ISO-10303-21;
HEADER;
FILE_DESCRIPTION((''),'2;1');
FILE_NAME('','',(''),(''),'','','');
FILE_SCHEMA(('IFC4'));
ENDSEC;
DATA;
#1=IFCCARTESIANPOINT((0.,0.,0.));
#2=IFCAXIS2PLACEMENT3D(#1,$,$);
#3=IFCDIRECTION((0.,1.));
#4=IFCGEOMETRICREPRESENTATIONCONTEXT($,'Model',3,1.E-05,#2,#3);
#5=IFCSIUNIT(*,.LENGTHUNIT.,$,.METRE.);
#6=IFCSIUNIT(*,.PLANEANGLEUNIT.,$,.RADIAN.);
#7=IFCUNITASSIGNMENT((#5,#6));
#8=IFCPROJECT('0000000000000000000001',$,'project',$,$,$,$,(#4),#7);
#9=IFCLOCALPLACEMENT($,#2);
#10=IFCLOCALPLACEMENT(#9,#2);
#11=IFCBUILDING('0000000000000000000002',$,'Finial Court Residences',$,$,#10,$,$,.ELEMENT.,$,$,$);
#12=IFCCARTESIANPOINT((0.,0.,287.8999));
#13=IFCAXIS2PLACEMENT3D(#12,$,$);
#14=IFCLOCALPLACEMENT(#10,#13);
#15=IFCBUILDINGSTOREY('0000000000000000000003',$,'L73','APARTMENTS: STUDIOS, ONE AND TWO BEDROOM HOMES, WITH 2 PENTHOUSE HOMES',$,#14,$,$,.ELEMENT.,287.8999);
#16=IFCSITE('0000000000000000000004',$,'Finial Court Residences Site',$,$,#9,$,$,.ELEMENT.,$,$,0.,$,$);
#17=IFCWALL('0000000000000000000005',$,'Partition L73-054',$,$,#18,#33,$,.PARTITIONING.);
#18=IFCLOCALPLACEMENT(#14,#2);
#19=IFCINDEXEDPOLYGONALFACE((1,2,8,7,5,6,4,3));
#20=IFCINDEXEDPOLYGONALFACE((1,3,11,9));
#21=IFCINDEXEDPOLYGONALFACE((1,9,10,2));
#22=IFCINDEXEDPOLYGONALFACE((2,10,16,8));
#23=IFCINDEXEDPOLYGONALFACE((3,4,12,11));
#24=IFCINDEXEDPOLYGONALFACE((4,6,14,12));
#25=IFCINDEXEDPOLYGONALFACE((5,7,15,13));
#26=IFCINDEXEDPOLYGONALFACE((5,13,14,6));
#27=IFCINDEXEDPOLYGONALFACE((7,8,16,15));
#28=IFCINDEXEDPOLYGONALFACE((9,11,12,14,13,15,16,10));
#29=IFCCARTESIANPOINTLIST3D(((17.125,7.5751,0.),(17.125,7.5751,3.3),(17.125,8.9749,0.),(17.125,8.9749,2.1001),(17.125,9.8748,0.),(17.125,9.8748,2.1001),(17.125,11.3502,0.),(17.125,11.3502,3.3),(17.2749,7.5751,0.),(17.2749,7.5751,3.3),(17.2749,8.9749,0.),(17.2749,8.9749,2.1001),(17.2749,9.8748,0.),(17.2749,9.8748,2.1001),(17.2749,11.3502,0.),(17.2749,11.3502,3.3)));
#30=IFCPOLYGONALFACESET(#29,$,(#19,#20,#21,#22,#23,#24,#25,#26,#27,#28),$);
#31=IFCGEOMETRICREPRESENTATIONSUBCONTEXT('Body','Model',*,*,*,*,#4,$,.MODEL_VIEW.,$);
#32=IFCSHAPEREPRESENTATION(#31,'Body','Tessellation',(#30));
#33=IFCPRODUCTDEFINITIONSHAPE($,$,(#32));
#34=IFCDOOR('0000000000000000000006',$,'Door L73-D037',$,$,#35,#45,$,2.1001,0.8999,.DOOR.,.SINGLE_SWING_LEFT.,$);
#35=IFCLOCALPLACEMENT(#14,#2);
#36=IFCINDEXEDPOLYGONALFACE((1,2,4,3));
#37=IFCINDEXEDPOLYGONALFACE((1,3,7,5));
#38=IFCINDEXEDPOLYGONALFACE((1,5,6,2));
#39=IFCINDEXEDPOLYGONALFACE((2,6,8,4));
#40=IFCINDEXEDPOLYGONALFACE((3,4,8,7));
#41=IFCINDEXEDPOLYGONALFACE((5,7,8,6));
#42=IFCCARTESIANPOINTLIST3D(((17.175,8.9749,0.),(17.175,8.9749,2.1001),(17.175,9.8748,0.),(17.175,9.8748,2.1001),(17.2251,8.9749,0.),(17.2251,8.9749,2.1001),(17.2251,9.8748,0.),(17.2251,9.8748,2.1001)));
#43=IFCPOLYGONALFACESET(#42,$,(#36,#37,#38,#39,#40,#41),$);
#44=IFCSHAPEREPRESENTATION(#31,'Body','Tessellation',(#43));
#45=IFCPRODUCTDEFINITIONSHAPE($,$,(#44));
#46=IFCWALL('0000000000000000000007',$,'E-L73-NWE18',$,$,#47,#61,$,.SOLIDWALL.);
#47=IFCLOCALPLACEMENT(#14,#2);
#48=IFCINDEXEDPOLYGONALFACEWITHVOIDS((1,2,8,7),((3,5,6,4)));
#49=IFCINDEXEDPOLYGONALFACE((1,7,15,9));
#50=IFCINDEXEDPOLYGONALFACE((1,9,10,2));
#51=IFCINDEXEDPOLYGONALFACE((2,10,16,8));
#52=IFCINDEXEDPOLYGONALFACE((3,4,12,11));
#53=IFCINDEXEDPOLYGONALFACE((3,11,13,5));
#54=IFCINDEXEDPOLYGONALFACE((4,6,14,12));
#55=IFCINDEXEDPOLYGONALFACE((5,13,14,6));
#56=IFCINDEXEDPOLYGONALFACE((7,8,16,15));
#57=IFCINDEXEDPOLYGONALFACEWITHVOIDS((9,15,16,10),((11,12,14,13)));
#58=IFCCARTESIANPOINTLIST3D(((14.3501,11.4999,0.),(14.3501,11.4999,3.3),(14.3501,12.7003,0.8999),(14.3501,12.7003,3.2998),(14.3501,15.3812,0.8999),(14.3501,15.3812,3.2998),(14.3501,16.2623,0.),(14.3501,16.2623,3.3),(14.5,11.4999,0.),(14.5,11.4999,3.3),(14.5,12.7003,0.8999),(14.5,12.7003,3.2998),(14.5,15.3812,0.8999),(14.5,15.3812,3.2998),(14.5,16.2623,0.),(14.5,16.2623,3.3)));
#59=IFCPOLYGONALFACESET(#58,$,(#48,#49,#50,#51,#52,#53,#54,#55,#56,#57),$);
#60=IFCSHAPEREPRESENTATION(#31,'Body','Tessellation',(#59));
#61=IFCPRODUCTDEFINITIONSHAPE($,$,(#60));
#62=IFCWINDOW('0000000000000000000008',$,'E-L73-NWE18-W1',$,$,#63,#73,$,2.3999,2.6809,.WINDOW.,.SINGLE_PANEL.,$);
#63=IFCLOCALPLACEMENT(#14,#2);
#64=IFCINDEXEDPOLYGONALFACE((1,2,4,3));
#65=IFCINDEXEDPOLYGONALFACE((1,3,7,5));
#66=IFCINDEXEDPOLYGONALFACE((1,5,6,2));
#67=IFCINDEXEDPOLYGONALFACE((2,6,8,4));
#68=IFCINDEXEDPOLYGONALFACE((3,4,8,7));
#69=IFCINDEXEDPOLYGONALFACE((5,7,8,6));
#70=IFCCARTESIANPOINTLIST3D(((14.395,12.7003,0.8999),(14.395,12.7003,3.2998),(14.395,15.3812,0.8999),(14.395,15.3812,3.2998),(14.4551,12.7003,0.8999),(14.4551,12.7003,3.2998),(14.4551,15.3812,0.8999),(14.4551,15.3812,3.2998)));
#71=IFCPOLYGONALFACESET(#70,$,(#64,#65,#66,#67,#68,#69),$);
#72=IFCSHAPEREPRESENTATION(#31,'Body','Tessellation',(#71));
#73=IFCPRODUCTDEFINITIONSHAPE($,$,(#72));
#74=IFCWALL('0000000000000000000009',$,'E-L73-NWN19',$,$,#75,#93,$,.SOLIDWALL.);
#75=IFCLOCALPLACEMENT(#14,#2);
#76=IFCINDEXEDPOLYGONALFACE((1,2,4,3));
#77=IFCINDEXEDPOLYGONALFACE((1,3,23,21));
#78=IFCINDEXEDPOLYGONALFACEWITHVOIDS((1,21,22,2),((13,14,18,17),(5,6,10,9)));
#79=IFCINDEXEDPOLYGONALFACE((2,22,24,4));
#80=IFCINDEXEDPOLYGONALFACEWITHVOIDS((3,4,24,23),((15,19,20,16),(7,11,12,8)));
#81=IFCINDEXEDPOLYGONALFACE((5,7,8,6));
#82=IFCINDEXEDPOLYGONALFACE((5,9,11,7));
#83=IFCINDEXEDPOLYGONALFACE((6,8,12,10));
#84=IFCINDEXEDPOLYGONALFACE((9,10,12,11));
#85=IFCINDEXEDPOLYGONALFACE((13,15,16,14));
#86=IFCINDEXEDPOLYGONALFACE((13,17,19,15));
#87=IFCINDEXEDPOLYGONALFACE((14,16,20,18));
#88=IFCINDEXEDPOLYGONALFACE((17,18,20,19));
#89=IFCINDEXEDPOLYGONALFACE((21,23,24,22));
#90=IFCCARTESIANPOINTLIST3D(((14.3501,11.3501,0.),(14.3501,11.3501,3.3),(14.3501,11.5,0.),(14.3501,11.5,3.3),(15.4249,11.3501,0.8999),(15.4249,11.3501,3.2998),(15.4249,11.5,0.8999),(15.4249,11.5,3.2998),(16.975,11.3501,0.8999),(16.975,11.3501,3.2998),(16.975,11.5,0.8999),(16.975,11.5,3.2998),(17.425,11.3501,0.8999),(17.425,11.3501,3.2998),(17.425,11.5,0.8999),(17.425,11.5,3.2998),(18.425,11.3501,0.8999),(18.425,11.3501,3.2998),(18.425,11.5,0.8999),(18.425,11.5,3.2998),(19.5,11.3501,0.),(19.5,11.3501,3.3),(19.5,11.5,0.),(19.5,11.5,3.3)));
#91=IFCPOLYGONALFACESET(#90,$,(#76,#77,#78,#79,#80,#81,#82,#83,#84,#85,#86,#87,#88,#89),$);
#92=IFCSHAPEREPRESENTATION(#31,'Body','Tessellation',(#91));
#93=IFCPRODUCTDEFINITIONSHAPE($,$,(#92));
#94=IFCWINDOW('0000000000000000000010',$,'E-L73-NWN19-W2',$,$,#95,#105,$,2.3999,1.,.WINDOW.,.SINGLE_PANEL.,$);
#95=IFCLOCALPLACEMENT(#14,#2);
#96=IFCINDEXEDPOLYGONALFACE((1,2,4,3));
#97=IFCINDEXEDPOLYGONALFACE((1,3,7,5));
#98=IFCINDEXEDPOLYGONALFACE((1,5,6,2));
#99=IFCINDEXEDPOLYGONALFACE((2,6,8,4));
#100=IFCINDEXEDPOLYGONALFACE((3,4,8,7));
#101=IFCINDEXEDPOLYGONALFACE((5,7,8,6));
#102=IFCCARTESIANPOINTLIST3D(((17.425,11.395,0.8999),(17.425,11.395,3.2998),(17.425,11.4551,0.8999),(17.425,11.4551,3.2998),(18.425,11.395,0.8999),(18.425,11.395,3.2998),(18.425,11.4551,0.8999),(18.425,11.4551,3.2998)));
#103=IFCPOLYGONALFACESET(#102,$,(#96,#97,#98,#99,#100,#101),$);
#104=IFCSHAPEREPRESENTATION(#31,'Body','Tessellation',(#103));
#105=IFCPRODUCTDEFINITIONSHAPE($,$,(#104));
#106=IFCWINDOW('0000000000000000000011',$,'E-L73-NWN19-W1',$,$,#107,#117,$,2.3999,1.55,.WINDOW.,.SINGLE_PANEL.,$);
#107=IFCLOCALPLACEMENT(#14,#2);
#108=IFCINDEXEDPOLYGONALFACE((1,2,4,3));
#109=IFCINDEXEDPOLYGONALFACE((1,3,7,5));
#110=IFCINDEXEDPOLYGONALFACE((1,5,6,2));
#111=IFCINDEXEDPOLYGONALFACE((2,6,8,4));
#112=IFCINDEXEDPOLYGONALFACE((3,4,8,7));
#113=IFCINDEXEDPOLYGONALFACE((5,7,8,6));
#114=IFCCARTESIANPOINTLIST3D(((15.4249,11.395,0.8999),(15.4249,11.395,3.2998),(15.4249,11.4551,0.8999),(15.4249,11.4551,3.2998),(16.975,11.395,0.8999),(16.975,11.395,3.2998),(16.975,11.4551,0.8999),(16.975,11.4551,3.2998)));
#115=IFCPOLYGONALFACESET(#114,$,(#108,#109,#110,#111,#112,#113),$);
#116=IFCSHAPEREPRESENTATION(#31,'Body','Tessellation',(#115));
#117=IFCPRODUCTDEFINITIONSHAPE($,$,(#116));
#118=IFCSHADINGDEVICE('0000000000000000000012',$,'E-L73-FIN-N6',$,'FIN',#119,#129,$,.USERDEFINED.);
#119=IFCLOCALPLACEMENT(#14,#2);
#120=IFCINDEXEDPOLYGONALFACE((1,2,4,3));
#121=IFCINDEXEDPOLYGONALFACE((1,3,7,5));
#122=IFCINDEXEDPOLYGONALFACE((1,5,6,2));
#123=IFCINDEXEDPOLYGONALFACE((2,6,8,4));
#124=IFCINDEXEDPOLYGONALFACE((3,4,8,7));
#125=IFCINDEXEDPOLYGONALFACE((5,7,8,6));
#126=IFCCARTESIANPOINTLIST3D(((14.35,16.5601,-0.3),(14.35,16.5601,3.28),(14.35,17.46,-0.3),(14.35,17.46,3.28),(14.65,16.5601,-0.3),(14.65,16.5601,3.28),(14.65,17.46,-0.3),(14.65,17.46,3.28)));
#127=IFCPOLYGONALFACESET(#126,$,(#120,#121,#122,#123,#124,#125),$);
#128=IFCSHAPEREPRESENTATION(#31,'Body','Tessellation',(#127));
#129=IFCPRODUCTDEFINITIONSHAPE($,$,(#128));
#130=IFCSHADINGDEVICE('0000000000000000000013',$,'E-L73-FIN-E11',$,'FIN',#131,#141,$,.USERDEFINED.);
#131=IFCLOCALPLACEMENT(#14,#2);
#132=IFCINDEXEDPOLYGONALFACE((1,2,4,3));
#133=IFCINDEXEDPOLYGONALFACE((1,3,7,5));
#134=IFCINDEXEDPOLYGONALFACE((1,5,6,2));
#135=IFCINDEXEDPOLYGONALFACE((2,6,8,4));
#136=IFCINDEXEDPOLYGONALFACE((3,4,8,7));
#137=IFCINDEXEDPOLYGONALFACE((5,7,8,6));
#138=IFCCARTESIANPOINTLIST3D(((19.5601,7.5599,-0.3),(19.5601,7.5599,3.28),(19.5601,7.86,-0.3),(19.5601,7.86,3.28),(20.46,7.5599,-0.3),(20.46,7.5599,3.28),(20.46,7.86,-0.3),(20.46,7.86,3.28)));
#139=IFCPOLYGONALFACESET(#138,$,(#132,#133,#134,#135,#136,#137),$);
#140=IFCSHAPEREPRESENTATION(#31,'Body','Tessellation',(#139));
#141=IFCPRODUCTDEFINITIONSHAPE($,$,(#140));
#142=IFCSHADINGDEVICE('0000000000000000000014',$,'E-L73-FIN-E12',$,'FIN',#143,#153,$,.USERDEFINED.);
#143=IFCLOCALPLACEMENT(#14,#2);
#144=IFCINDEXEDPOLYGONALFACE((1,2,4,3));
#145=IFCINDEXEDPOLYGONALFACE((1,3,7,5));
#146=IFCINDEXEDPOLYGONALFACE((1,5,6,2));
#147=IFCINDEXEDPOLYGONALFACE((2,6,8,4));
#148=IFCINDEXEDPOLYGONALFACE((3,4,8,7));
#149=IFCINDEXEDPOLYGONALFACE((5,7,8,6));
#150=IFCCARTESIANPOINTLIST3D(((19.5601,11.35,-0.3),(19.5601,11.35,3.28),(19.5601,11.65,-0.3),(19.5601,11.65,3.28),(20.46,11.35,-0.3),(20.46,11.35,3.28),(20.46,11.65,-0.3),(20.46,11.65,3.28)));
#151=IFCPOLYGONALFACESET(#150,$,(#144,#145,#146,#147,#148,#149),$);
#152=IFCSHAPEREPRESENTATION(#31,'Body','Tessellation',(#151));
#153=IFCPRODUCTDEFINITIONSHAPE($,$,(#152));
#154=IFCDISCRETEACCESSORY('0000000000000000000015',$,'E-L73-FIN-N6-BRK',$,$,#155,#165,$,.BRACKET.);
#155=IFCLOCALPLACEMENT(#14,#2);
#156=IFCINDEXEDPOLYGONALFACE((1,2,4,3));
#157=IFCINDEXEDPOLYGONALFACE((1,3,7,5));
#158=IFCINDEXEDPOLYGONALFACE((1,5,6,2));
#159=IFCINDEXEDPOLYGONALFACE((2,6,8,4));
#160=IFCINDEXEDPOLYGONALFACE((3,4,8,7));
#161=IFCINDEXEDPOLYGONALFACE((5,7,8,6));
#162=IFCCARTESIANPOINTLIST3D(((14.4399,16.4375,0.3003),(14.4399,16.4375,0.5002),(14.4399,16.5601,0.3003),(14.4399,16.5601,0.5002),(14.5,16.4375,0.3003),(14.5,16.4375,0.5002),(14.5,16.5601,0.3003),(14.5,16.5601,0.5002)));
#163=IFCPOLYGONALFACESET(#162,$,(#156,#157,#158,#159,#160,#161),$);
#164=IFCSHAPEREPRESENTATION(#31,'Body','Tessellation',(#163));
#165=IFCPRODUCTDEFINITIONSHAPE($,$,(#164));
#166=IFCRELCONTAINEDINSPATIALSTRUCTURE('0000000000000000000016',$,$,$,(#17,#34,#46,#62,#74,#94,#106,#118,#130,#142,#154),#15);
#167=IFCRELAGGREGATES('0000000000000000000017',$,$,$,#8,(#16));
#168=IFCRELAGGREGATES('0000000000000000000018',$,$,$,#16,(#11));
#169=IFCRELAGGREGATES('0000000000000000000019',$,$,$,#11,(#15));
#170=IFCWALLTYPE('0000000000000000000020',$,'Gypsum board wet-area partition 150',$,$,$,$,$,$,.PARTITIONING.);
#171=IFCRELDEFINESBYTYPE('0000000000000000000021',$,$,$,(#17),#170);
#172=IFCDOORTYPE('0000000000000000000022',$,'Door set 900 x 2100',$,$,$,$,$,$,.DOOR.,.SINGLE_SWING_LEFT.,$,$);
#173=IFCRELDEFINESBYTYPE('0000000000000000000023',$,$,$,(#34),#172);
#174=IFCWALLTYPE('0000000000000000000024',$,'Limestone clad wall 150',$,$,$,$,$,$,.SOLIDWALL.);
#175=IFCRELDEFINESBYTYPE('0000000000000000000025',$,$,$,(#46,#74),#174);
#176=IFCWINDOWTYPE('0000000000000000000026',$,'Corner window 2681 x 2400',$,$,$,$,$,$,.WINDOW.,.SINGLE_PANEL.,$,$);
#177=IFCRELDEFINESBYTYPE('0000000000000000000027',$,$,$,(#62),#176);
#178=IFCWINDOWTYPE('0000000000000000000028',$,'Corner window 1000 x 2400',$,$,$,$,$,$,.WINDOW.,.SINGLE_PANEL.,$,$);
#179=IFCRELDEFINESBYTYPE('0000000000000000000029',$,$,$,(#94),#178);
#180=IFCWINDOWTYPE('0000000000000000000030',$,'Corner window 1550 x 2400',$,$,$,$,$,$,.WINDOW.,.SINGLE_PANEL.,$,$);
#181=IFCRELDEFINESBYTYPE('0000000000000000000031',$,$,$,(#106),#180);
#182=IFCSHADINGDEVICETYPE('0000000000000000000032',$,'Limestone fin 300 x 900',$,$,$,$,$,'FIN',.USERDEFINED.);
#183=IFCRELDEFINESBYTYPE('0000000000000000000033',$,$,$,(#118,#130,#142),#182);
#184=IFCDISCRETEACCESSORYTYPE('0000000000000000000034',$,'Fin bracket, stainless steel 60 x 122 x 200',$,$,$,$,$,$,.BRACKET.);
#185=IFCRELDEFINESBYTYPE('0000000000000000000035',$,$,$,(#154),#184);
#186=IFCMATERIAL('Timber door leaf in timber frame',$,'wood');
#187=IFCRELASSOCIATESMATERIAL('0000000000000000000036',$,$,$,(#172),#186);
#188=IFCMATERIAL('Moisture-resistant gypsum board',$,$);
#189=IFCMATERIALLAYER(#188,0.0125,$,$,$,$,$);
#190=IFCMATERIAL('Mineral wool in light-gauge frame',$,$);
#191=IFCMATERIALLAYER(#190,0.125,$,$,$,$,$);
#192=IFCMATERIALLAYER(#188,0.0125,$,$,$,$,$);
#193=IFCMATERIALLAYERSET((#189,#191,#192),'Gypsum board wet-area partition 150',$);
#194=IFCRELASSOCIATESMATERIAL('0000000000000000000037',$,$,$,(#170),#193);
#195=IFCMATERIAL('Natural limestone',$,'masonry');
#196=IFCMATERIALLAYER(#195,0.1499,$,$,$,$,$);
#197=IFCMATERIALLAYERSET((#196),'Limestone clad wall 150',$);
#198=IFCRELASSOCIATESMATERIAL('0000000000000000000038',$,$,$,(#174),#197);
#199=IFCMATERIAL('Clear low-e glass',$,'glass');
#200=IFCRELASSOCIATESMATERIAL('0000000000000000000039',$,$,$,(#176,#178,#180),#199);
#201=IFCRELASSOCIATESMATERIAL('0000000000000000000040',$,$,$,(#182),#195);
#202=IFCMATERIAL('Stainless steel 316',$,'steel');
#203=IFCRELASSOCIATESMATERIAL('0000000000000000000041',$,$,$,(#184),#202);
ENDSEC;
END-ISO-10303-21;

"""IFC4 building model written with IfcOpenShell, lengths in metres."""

from ifc_helpers import new_model, si_unit, direction, frame, frame_2d, origin, origin_2d, place, context, subcontext, project, spatial, rectangle, extrude, material, layer, layer_set, type_object, element, fill, save


model = new_model("IFC4")

# Units and contexts
model_context = context("Model", 3, precision=1e-05, world=origin(), true_north=direction((0.0, 1.0)))
body_context = subcontext(model_context, "Body", "Model", "MODEL_VIEW")
ifc_project = project(units=[si_unit("LENGTHUNIT", "METRE"), si_unit("PLANEANGLEUNIT", "RADIAN")], contexts=[model_context])

# Site, building, storey
site_placement = place(None, origin())
site = spatial("IfcSite", under=ifc_project, at=site_placement, Name="Finial Court Residences Site", CompositionType="ELEMENT", RefElevation=0.0)
building_placement = place(site_placement, origin())
building = spatial("IfcBuilding", under=site, at=building_placement, Name="Finial Court Residences", CompositionType="ELEMENT")
storey_placement = place(building_placement, frame((0.0, 0.0, 287.8999)))
storey = spatial("IfcBuildingStorey", under=building, at=storey_placement, Name="L73", Description="APARTMENTS: STUDIOS, ONE AND TWO BEDROOM HOMES, WITH 2 PENTHOUSE HOMES", CompositionType="ELEMENT", Elevation=287.8999)

# Shared definitions
ifc_material_1 = material(Name="Clear low-e glass", Category="glass")

# Shared definitions
ifc_material_2 = material(Name="Mineral wool in light-gauge frame")
ifc_material_3 = material(Name="Timber door leaf in timber frame", Category="wood")
door_type = type_object("IfcDoorType", Name="Door set 900 x 2100", OperationType="SINGLE_SWING_LEFT", PredefinedType="DOOR", material=ifc_material_3)

# Shared definitions
ifc_material_4 = material(Name="Moisture-resistant gypsum board")
ifc_layer_1 = layer(ifc_material_4, 0.0125)
ifc_layer_2 = layer(ifc_material_2, 0.125)
ifc_layer_3 = layer(ifc_material_4, 0.0125)
ifc_layer_set_1 = layer_set([ifc_layer_1, ifc_layer_2, ifc_layer_3], Name="Gypsum board wet-area partition 150")
wall_type_1 = type_object("IfcWallType", Name="Gypsum board wet-area partition 150", PredefinedType="PARTITIONING", material=ifc_layer_set_1)

# Wall, opening, door
wall_1_placement = place(storey_placement, frame((17.2, 7.575, 0.0), z_axis=(0.0, 0.0, 1.0), x_axis=(0.0, 1.0, 0.0)))
wall_1 = element("IfcWall", 1, at=wall_1_placement, inside=storey, type_object=wall_type_1, Name="Partition L73-054", PredefinedType="PARTITIONING", context=body_context, shape_type="SweptSolid", body=[
    extrude(rectangle(XDim=3.7751, YDim=0.1499, at=frame_2d((1.8877, 0.0))), origin(), (0.0, 0.0, 1.0), 3.3),
])
opening_1_placement = place(wall_1_placement, frame((1.3999, 0.0, 0.0)))
opening_1 = element("IfcOpeningElement", 2, at=opening_1_placement, cuts=wall_1, PredefinedType="OPENING", context=body_context, shape_type="SweptSolid", body=[
    extrude(rectangle(XDim=0.8999, YDim=2.1001, at=frame_2d((0.45, 1.05))), frame((0.0, 0.085, 0.0), z_axis=(0.0, -1.0, 0.0), x_axis=(1.0, 0.0, 0.0)), (0.0, 0.0, 1.0), 0.1699),
])
door_1_placement = place(opening_1_placement, origin())
door_1 = element("IfcDoor", 3, at=door_1_placement, inside=storey, type_object=door_type, Name="Door L73-D037", OperationType="SINGLE_SWING_LEFT", OverallHeight=2.1001, OverallWidth=0.8999, PredefinedType="DOOR", context=body_context, shape_type="SweptSolid", body=[
    extrude(rectangle(XDim=0.8999, YDim=2.1001, at=frame_2d((0.45, 1.05))), frame((0.0, 0.0249, 0.0), z_axis=(0.0, -1.0, 0.0), x_axis=(1.0, 0.0, 0.0)), (0.0, 0.0, 1.0), 0.05),
])
fill(opening_1, door_1)

# Wall, opening, window
ifc_material_5 = material(Name="Natural limestone", Category="masonry")
ifc_layer_4 = layer(ifc_material_5, 0.1499)
ifc_layer_set_2 = layer_set([ifc_layer_4], Name="Limestone clad wall 150")
wall_type_2 = type_object("IfcWallType", Name="Limestone clad wall 150", PredefinedType="SOLIDWALL", material=ifc_layer_set_2)
wall_2_placement = place(storey_placement, frame((14.425, 16.2625, 0.0), z_axis=(0.0, 0.0, 1.0), x_axis=(0.0, -1.0, 0.0)))
wall_2 = element("IfcWall", 4, at=wall_2_placement, inside=storey, type_object=wall_type_2, Name="E-L73-NWE18", PredefinedType="SOLIDWALL", context=body_context, shape_type="SweptSolid", body=[
    extrude(rectangle(XDim=4.7625, YDim=0.1499, at=frame_2d((2.3813, 0.0))), origin(), (0.0, 0.0, 1.0), 3.3),
])
opening_2_placement = place(wall_2_placement, frame((0.8813, 0.0, 0.8999)))
opening_2 = element("IfcOpeningElement", 5, at=opening_2_placement, cuts=wall_2, PredefinedType="OPENING", context=body_context, shape_type="SweptSolid", body=[
    extrude(rectangle(XDim=2.6809, YDim=2.3999, at=frame_2d((1.3403, 1.2))), frame((0.0, 0.085, 0.0), z_axis=(0.0, -1.0, 0.0), x_axis=(1.0, 0.0, 0.0)), (0.0, 0.0, 1.0), 0.1699),
])
window_type_1 = type_object("IfcWindowType", Name="Corner window 2681 x 2400", PartitioningType="SINGLE_PANEL", PredefinedType="WINDOW", material=ifc_material_1)
window_1_placement = place(opening_2_placement, origin())
window_1 = element("IfcWindow", 6, at=window_1_placement, inside=storey, type_object=window_type_1, Name="E-L73-NWE18-W1", OverallHeight=2.3999, OverallWidth=2.6809, PartitioningType="SINGLE_PANEL", PredefinedType="WINDOW", context=body_context, shape_type="SweptSolid", body=[
    extrude(rectangle(XDim=2.6809, YDim=2.3999, at=frame_2d((1.3403, 1.2))), frame((0.0, 0.03, 0.0), z_axis=(0.0, -1.0, 0.0), x_axis=(1.0, 0.0, 0.0)), (0.0, 0.0, 1.0), 0.0601),
])
fill(opening_2, window_1)

# Wall, openings, windows
wall_3_placement = place(storey_placement, frame((14.3501, 11.425, 0.0), z_axis=(0.0, 0.0, 1.0), x_axis=(1.0, 0.0, 0.0)))
wall_3 = element("IfcWall", 7, at=wall_3_placement, inside=storey, type_object=wall_type_2, Name="E-L73-NWN19", PredefinedType="SOLIDWALL", context=body_context, shape_type="SweptSolid", body=[
    extrude(rectangle(XDim=5.1499, YDim=0.1499, at=frame_2d((2.575, 0.0))), origin(), (0.0, 0.0, 1.0), 3.3),
])
opening_3_placement = place(wall_3_placement, frame((1.075, 0.0, 0.8999)))
opening_3 = element("IfcOpeningElement", 8, at=opening_3_placement, cuts=wall_3, PredefinedType="OPENING", context=body_context, shape_type="SweptSolid", body=[
    extrude(rectangle(XDim=1.55, YDim=2.3999, at=frame_2d((0.7749, 1.2))), frame((0.0, 0.085, 0.0), z_axis=(0.0, -1.0, 0.0), x_axis=(1.0, 0.0, 0.0)), (0.0, 0.0, 1.0), 0.1699),
])
opening_4_placement = place(wall_3_placement, frame((3.075, 0.0, 0.8999)))
opening_4 = element("IfcOpeningElement", 9, at=opening_4_placement, cuts=wall_3, PredefinedType="OPENING", context=body_context, shape_type="SweptSolid", body=[
    extrude(rectangle(XDim=1.0, YDim=2.3999, at=frame_2d((0.5, 1.2))), frame((0.0, 0.085, 0.0), z_axis=(0.0, -1.0, 0.0), x_axis=(1.0, 0.0, 0.0)), (0.0, 0.0, 1.0), 0.1699),
])
window_type_2 = type_object("IfcWindowType", Name="Corner window 1000 x 2400", PartitioningType="SINGLE_PANEL", PredefinedType="WINDOW", material=ifc_material_1)
window_2_placement = place(opening_4_placement, origin())
window_2 = element("IfcWindow", 10, at=window_2_placement, inside=storey, type_object=window_type_2, Name="E-L73-NWN19-W2", OverallHeight=2.3999, OverallWidth=1.0, PartitioningType="SINGLE_PANEL", PredefinedType="WINDOW", context=body_context, shape_type="SweptSolid", body=[
    extrude(rectangle(XDim=1.0, YDim=2.3999, at=frame_2d((0.5, 1.2))), frame((0.0, 0.03, 0.0), z_axis=(0.0, -1.0, 0.0), x_axis=(1.0, 0.0, 0.0)), (0.0, 0.0, 1.0), 0.0601),
])
fill(opening_4, window_2)
window_type_3 = type_object("IfcWindowType", Name="Corner window 1550 x 2400", PartitioningType="SINGLE_PANEL", PredefinedType="WINDOW", material=ifc_material_1)
window_3_placement = place(opening_3_placement, origin())
window_3 = element("IfcWindow", 11, at=window_3_placement, inside=storey, type_object=window_type_3, Name="E-L73-NWN19-W1", OverallHeight=2.3999, OverallWidth=1.55, PartitioningType="SINGLE_PANEL", PredefinedType="WINDOW", context=body_context, shape_type="SweptSolid", body=[
    extrude(rectangle(XDim=1.55, YDim=2.3999, at=frame_2d((0.7749, 1.2))), frame((0.0, 0.03, 0.0), z_axis=(0.0, -1.0, 0.0), x_axis=(1.0, 0.0, 0.0)), (0.0, 0.0, 1.0), 0.0601),
])
fill(opening_3, window_3)

# Shading devices
shading_device_type = type_object("IfcShadingDeviceType", Name="Limestone fin 300 x 900", ElementType="FIN", PredefinedType="USERDEFINED", material=ifc_material_5)
shading_device_placement = place(storey_placement, frame((14.5, 17.01, -0.3), z_axis=(0.0, 0.0, 1.0), x_axis=(1.0, 0.0, 0.0)))
element("IfcShadingDevice", 12, at=shading_device_placement, inside=storey, type_object=shading_device_type, Name="E-L73-FIN-N6", ObjectType="FIN", PredefinedType="USERDEFINED", context=body_context, shape_type="SweptSolid", body=[
    extrude(rectangle(XDim=0.3, YDim=0.8999, at=origin_2d()), origin(), (0.0, 0.0, 1.0), 3.5801),
])
for number, where, z_axis, x_axis, name in (
    (13, (20.01, 7.71, -0.3), (0.0, 0.0, 1.0), (1.0, 0.0, 0.0), "E-L73-FIN-E11"),
    (14, (20.01, 11.5, -0.3), (0.0, 0.0, 1.0), (1.0, 0.0, 0.0), "E-L73-FIN-E12"),
):
    element("IfcShadingDevice", number, at=place(storey_placement, frame(where, z_axis=z_axis, x_axis=x_axis)), inside=storey, type_object=shading_device_type, Name=name, ObjectType="FIN", PredefinedType="USERDEFINED", context=body_context, shape_type="SweptSolid", body=[
        extrude(rectangle(XDim=0.8999, YDim=0.3, at=origin_2d()), origin(), (0.0, 0.0, 1.0), 3.5801),
    ])

# Discrete accessory
ifc_material_6 = material(Name="Stainless steel 316", Category="steel")
discrete_accessory_type = type_object("IfcDiscreteAccessoryType", Name="Fin bracket, stainless steel 60 x 122 x 200", PredefinedType="BRACKET", material=ifc_material_6)
discrete_accessory_1_placement = place(storey_placement, frame((14.47, 16.4988, 0.3003), z_axis=(0.0, 0.0, 1.0), x_axis=(1.0, 0.0, 0.0)))
element("IfcDiscreteAccessory", 15, at=discrete_accessory_1_placement, inside=storey, type_object=discrete_accessory_type, Name="E-L73-FIN-N6-BRK", PredefinedType="BRACKET", context=body_context, shape_type="SweptSolid", body=[
    extrude(rectangle(XDim=0.0601, YDim=0.1226, at=origin_2d()), origin(), (0.0, 0.0, 1.0), 0.2),
])

save(model, "model.ifc")
